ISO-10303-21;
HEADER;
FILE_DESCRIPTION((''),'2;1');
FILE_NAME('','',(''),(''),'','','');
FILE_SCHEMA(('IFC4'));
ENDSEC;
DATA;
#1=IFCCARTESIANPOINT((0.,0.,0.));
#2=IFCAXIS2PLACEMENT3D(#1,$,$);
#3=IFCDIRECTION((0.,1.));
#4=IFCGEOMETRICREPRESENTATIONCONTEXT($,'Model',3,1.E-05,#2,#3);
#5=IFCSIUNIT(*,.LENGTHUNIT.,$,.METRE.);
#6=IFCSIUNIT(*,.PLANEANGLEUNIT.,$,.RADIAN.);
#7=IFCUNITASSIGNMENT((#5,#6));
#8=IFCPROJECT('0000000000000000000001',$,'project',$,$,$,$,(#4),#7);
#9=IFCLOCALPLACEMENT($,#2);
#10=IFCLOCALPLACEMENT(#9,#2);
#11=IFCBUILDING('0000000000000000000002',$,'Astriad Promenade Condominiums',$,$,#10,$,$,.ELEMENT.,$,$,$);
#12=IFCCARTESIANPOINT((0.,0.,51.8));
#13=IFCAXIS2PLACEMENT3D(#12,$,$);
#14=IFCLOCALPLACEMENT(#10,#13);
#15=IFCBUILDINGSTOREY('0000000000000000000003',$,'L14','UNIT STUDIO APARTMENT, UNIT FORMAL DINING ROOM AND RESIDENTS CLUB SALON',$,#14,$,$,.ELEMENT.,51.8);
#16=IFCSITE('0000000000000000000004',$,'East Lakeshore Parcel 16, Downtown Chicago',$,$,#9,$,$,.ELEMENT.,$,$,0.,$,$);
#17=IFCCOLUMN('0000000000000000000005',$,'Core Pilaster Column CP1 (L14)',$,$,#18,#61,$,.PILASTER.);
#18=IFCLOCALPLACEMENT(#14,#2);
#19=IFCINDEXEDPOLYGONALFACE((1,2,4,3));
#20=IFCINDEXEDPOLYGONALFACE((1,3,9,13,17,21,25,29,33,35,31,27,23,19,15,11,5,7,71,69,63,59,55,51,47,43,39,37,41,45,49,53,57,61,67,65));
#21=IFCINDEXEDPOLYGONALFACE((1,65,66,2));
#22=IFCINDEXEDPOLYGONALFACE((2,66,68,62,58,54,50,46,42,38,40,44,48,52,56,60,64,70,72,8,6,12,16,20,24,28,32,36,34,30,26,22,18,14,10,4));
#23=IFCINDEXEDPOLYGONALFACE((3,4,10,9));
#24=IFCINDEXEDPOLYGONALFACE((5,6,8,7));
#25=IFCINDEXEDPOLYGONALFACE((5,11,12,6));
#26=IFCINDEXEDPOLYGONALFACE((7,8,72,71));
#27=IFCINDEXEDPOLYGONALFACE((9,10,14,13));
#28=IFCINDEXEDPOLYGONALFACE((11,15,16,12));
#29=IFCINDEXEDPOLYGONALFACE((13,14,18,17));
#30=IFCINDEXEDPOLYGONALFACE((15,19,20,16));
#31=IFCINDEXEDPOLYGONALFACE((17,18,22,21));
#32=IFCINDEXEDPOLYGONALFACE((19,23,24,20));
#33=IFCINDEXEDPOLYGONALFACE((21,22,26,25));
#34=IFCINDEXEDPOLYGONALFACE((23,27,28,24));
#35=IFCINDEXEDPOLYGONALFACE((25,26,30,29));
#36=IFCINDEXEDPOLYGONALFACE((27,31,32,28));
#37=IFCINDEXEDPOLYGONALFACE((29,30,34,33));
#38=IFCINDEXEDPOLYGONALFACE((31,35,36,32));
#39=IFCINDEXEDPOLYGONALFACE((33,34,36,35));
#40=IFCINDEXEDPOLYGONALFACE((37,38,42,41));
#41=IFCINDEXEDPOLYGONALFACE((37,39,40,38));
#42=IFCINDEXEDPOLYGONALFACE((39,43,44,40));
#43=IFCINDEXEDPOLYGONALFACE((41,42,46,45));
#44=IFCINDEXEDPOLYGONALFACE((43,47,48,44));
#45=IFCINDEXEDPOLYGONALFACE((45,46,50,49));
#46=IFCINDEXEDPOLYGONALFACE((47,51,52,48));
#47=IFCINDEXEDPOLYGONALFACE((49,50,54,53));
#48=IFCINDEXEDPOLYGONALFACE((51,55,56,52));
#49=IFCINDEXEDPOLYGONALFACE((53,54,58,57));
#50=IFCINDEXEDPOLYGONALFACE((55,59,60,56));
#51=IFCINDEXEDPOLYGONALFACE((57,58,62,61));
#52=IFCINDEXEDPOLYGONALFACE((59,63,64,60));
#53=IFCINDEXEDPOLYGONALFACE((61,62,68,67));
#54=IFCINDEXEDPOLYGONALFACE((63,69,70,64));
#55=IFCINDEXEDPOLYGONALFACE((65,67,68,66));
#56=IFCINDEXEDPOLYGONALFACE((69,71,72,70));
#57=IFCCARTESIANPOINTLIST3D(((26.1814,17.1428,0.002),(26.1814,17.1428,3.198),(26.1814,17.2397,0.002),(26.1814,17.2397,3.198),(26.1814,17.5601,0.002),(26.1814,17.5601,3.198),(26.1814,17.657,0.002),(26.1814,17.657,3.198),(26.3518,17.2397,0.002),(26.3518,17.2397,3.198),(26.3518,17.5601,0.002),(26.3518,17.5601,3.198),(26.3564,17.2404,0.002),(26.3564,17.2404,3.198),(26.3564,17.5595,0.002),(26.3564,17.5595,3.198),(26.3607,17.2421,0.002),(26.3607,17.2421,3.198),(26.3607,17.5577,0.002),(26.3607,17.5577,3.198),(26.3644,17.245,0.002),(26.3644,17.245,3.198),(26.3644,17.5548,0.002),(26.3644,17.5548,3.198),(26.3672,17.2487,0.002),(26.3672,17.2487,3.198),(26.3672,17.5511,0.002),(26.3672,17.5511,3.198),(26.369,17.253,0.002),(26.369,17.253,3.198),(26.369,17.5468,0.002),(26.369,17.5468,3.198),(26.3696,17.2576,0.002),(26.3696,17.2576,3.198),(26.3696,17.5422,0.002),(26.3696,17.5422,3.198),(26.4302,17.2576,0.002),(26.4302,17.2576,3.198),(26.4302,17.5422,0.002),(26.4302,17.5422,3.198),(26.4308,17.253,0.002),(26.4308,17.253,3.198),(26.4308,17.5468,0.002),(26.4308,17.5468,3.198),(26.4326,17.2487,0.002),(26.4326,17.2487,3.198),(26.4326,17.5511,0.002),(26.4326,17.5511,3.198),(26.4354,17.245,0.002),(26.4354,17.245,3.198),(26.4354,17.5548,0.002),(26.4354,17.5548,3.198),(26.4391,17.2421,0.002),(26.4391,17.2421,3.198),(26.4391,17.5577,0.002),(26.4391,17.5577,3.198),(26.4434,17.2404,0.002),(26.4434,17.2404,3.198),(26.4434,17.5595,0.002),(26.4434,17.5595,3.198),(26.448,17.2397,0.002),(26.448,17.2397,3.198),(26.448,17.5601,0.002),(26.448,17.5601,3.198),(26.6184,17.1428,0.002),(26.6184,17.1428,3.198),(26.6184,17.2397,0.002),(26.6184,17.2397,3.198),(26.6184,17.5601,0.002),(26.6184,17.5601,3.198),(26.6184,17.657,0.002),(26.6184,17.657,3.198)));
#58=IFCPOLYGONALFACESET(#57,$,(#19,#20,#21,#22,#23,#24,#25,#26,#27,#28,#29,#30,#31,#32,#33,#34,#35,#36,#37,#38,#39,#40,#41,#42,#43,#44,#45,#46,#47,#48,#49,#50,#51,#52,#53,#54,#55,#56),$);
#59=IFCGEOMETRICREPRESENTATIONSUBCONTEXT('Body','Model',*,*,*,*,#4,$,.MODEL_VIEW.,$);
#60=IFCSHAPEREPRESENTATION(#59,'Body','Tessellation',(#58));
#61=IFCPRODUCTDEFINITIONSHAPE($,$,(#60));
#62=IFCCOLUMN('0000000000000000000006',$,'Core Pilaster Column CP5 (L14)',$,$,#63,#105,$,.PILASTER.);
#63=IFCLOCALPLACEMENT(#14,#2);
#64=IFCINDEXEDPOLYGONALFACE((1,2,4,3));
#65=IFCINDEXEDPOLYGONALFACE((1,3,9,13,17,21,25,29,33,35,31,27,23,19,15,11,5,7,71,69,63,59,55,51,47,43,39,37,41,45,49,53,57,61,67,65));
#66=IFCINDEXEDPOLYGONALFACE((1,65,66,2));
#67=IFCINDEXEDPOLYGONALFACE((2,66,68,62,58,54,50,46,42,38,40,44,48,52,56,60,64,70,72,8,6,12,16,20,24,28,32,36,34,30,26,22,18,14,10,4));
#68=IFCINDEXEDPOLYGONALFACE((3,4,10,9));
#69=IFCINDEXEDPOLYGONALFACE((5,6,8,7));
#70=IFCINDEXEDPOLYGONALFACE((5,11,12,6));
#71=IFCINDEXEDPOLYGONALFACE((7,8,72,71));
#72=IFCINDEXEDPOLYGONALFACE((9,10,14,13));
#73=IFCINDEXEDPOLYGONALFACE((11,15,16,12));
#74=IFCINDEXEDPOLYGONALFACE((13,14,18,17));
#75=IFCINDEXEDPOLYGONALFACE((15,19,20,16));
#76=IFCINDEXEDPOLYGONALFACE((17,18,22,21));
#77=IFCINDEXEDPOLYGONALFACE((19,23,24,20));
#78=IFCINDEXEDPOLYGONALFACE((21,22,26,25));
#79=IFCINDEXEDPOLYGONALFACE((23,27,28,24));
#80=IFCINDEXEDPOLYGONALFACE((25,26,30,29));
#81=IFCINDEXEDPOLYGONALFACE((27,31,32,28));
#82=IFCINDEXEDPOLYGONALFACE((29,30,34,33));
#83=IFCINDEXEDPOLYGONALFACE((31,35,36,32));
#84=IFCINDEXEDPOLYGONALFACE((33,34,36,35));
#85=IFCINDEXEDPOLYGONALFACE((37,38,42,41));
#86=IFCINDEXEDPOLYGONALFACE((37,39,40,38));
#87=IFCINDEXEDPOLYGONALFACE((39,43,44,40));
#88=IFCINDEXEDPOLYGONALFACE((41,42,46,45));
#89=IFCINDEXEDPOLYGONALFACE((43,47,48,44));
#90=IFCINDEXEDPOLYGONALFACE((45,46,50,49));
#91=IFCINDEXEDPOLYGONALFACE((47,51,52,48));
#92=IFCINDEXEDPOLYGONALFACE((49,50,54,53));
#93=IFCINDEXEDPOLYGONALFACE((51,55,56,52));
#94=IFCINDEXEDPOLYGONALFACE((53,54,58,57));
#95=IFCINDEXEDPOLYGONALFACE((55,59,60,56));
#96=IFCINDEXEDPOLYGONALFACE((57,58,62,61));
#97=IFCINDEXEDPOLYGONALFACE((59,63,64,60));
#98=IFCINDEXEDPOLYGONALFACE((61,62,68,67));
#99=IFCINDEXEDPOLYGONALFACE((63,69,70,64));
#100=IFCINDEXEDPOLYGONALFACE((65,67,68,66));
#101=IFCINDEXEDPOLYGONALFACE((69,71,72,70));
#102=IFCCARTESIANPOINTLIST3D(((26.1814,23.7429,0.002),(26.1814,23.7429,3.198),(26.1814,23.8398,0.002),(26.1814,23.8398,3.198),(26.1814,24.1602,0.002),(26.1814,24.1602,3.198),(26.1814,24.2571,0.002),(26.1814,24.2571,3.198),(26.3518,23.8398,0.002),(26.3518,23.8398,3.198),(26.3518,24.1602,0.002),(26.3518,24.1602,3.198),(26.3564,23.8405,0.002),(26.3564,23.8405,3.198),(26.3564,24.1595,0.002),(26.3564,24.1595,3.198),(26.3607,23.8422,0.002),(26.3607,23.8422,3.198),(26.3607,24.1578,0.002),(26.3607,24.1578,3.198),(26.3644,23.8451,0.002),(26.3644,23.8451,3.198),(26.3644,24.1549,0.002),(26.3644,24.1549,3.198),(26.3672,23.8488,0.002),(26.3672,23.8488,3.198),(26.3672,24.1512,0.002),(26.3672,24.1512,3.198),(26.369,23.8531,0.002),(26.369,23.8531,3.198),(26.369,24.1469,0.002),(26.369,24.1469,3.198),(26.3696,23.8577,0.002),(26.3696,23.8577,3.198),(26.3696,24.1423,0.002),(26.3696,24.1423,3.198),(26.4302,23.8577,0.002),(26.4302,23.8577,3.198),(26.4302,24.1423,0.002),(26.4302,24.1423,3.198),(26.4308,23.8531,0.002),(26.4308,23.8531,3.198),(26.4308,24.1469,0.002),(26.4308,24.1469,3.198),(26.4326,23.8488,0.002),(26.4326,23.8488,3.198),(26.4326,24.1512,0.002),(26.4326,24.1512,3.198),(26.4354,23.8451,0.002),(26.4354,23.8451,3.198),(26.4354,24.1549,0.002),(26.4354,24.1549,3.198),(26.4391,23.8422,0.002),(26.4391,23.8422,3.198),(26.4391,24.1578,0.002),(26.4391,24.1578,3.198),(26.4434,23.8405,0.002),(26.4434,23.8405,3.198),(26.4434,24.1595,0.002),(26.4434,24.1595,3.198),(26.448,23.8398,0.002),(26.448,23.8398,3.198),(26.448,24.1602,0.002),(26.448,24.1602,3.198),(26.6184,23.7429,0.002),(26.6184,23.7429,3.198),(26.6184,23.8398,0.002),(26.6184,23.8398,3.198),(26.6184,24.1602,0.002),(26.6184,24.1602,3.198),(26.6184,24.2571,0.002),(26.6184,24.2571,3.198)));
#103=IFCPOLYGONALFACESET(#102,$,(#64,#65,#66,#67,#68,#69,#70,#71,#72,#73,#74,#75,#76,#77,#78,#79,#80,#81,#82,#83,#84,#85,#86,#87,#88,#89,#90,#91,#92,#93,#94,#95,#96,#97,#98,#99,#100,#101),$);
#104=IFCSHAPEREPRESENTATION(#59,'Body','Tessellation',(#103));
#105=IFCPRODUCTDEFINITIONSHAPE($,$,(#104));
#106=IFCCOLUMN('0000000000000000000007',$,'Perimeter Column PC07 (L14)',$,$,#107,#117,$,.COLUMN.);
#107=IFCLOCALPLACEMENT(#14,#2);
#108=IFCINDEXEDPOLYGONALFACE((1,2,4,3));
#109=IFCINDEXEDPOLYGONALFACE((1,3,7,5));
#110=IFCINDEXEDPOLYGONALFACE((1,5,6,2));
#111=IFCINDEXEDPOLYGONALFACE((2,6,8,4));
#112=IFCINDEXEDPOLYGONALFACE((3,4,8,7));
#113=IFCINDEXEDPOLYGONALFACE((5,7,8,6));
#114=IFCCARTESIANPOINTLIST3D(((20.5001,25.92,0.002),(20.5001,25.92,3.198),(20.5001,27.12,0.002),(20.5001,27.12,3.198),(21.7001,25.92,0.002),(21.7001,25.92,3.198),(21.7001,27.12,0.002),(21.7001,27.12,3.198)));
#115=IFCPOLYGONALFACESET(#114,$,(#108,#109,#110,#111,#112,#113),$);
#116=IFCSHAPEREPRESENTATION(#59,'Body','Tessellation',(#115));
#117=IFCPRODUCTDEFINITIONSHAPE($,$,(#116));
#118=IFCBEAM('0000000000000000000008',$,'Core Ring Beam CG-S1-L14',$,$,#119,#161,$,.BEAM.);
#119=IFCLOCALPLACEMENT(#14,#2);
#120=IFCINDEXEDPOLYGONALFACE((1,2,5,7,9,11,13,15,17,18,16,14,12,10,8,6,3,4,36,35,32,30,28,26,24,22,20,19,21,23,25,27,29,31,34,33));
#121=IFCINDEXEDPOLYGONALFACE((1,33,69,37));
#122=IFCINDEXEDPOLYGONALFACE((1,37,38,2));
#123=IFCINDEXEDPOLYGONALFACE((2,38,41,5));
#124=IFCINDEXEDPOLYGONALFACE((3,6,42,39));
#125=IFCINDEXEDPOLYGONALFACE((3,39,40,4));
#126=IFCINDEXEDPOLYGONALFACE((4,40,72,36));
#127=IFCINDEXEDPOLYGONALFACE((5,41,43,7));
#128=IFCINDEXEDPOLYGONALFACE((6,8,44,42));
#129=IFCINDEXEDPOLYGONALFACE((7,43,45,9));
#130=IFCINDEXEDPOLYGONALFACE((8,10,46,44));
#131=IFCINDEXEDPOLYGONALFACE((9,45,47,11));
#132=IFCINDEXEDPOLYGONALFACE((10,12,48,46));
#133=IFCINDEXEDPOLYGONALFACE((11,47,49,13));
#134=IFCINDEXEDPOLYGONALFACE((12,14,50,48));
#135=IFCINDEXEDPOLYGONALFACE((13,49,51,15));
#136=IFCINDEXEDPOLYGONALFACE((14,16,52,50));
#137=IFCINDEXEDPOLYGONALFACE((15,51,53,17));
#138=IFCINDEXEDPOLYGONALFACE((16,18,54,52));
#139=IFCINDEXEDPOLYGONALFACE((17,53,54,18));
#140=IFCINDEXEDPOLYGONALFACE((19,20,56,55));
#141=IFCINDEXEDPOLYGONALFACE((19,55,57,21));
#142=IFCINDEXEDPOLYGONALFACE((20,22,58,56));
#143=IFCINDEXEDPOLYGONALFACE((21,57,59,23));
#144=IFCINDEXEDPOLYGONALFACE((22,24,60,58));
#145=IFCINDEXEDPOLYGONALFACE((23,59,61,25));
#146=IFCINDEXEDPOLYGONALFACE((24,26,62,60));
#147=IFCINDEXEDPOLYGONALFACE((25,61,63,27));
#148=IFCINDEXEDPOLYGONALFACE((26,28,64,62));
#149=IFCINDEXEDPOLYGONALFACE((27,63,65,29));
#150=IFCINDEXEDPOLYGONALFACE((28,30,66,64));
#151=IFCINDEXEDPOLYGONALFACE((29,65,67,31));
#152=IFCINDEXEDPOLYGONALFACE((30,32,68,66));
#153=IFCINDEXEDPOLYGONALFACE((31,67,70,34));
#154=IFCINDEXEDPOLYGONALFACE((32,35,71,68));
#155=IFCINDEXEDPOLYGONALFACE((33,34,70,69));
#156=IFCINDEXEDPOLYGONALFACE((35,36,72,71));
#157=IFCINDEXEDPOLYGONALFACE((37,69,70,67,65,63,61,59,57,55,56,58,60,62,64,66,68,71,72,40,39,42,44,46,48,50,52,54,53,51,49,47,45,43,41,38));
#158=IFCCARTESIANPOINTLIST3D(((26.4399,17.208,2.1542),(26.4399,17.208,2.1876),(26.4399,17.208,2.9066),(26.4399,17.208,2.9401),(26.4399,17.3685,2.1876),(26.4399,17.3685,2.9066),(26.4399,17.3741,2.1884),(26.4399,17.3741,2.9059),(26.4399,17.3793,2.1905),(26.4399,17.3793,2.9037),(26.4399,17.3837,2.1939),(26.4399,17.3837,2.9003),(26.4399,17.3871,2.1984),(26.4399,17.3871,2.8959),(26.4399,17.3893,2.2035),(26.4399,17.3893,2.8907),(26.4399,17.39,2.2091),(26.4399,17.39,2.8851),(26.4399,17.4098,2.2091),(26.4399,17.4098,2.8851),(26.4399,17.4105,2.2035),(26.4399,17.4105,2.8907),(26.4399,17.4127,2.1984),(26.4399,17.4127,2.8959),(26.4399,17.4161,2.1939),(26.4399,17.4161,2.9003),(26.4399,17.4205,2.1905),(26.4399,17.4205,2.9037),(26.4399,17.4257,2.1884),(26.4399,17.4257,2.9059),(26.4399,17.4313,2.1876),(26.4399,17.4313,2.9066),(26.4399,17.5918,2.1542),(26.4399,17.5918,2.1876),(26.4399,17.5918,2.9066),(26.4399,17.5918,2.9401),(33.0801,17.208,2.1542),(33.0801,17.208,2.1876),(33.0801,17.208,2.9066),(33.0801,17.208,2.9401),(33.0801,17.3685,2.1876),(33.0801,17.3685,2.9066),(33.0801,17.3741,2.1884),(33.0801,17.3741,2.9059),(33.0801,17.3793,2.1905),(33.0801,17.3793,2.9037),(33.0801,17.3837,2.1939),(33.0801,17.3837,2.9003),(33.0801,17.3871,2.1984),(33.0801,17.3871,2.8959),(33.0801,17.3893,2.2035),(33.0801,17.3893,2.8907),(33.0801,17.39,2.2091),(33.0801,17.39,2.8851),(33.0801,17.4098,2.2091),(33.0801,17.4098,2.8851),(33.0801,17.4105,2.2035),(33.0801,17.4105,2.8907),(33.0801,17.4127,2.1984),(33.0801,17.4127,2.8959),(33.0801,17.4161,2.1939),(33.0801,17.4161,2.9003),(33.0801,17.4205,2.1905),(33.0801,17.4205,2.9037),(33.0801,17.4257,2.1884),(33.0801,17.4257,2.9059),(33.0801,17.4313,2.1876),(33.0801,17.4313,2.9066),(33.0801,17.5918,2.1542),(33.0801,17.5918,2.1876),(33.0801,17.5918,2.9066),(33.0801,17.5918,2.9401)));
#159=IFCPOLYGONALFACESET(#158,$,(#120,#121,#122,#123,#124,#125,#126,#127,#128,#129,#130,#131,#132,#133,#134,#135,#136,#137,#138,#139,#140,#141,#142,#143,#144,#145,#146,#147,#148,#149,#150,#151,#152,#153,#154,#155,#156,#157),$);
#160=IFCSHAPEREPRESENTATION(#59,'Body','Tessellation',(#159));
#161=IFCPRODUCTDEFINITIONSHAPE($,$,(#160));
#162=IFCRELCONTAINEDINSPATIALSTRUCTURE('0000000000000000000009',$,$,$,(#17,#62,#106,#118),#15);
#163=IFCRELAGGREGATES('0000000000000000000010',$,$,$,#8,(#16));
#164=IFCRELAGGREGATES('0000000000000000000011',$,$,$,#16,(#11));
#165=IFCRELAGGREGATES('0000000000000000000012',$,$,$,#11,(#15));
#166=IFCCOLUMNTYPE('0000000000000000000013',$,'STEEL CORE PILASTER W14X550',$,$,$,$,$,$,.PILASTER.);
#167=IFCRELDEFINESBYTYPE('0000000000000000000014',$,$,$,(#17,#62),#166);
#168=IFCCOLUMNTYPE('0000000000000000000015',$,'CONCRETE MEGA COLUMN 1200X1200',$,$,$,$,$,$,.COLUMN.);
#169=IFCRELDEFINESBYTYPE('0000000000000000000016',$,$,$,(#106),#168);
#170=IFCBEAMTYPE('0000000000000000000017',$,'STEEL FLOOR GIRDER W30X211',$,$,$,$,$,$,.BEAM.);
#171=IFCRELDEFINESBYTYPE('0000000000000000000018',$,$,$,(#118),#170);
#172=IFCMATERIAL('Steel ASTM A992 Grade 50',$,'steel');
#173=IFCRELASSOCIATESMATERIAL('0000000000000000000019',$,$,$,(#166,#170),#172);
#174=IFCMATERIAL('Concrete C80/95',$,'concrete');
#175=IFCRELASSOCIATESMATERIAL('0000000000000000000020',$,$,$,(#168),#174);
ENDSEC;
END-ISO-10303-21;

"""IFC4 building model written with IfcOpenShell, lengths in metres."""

from ifc_helpers import new_model, si_unit, direction, frame, origin, origin_2d, place, context, subcontext, project, spatial, rectangle, i_section, extrude, source, transform, mapped, material, material_profile, profile_set, type_object, type_shapes, element, save


model = new_model("IFC4")

# Units and contexts
model_context = context("Model", 3, precision=1e-05, world=origin(), true_north=direction((0.0, 1.0)))
body_context = subcontext(model_context, "Body", "Model", "MODEL_VIEW")
ifc_project = project(units=[si_unit("LENGTHUNIT", "METRE"), si_unit("PLANEANGLEUNIT", "RADIAN")], contexts=[model_context])

# Site, building, storey
site_placement = place(None, origin())
site = spatial("IfcSite", under=ifc_project, at=site_placement, Name="East Lakeshore Parcel 16, Downtown Chicago", CompositionType="ELEMENT", RefElevation=0.0)
building_placement = place(site_placement, origin())
building = spatial("IfcBuilding", under=site, at=building_placement, Name="Astriad Promenade Condominiums", CompositionType="ELEMENT")
storey_placement = place(building_placement, frame((0.0, 0.0, 51.8)))
storey = spatial("IfcBuildingStorey", under=building, at=storey_placement, Name="L14", Description="UNIT STUDIO APARTMENT, UNIT FORMAL DINING ROOM AND RESIDENTS CLUB SALON", CompositionType="ELEMENT", Elevation=51.8)

# Columns
ifc_material_1 = material(Name="Steel ASTM A992 Grade 50", Category="steel")
ifc_material_profile_1 = material_profile(ifc_material_1, i_section(OverallWidth=0.437, OverallDepth=0.5142, WebThickness=0.0605, FlangeThickness=0.0969, FilletRadius=0.0178, at=origin_2d()), Name="W14X550")
ifc_profile_set_1 = profile_set([ifc_material_profile_1], Name="Steel ASTM A992 Grade 50")
column_type_1 = type_object("IfcColumnType", Name="STEEL CORE PILASTER W14X550", PredefinedType="PILASTER", material=ifc_profile_set_1)
shared_shape_1 = source(origin(), body_context, "Body", "SweptSolid", [
    extrude(i_section(OverallWidth=0.437, OverallDepth=0.5142, WebThickness=0.0605, FlangeThickness=0.0969, FilletRadius=0.0178, at=origin_2d()), origin(), (0.0, 0.0, 1.0), 3.196),
])
type_shapes(column_type_1, [shared_shape_1])
for number, where, z_axis, x_axis, name in (
    (1, (26.3999, 17.3999, 0.002), (0.0, 0.0, 1.0), (1.0, 0.0, 0.0), "Core Pilaster Column CP1 (L14)"),
    (2, (26.3999, 24.0, 0.002), (0.0, 0.0, 1.0), (1.0, 0.0, 0.0), "Core Pilaster Column CP5 (L14)"),
):
    element("IfcColumn", number, at=place(storey_placement, frame(where, z_axis=z_axis, x_axis=x_axis)), inside=storey, type_object=column_type_1, Name=name, PredefinedType="PILASTER", context=body_context, shape_type="MappedRepresentation", body=[
        mapped(shared_shape_1, transform((0.0, 0.0, 0.0), scale=1.0)),
    ])
ifc_material_2 = material(Name="Concrete C80/95", Category="concrete")
ifc_material_profile_2 = material_profile(ifc_material_2, rectangle(XDim=1.2, YDim=1.2, at=origin_2d()), Name="RC-COL-1200X1200")
ifc_profile_set_2 = profile_set([ifc_material_profile_2], Name="Concrete C80/95")
column_type_2 = type_object("IfcColumnType", Name="CONCRETE MEGA COLUMN 1200X1200", PredefinedType="COLUMN", material=ifc_profile_set_2)
shared_shape_2 = source(origin(), body_context, "Body", "SweptSolid", [
    extrude(rectangle(XDim=1.2, YDim=1.2, at=origin_2d()), origin(), (0.0, 0.0, 1.0), 3.196),
])
type_shapes(column_type_2, [shared_shape_2])
column_placement = place(storey_placement, frame((21.1001, 26.52, 0.002), z_axis=(0.0, 0.0, 1.0), x_axis=(1.0, 0.0, 0.0)))
element("IfcColumn", 3, at=column_placement, inside=storey, type_object=column_type_2, Name="Perimeter Column PC07 (L14)", PredefinedType="COLUMN", context=body_context, shape_type="MappedRepresentation", body=[
    mapped(shared_shape_2, transform((0.0, 0.0, 0.0), scale=1.0)),
])

# Beam
ifc_material_profile_3 = material_profile(ifc_material_1, i_section(OverallWidth=0.3838, OverallDepth=0.7859, WebThickness=0.0198, FlangeThickness=0.0334, FilletRadius=0.0215, at=origin_2d()), Name="W30X211")
ifc_profile_set_3 = profile_set([ifc_material_profile_3], Name="Steel ASTM A992 Grade 50")
beam_type_1 = type_object("IfcBeamType", Name="STEEL FLOOR GIRDER W30X211", PredefinedType="BEAM", material=ifc_profile_set_3)
shared_shape_3 = source(origin(), body_context, "Body", "SweptSolid", [
    extrude(i_section(OverallWidth=0.3838, OverallDepth=0.7859, WebThickness=0.0198, FlangeThickness=0.0334, FilletRadius=0.0215, at=origin_2d()), origin(), (0.0, 0.0, 1.0), 6.6401),
])
type_shapes(beam_type_1, [shared_shape_3])
beam_1_placement = place(storey_placement, frame((26.4399, 17.3999, 2.5471), z_axis=(1.0, 0.0, 0.0), x_axis=(0.0, 1.0, 0.0)))
element("IfcBeam", 4, at=beam_1_placement, inside=storey, type_object=beam_type_1, Name="Core Ring Beam CG-S1-L14", PredefinedType="BEAM", context=body_context, shape_type="MappedRepresentation", body=[
    mapped(shared_shape_3, transform((0.0, 0.0, 0.0), scale=1.0)),
])

save(model, "model.ifc")
